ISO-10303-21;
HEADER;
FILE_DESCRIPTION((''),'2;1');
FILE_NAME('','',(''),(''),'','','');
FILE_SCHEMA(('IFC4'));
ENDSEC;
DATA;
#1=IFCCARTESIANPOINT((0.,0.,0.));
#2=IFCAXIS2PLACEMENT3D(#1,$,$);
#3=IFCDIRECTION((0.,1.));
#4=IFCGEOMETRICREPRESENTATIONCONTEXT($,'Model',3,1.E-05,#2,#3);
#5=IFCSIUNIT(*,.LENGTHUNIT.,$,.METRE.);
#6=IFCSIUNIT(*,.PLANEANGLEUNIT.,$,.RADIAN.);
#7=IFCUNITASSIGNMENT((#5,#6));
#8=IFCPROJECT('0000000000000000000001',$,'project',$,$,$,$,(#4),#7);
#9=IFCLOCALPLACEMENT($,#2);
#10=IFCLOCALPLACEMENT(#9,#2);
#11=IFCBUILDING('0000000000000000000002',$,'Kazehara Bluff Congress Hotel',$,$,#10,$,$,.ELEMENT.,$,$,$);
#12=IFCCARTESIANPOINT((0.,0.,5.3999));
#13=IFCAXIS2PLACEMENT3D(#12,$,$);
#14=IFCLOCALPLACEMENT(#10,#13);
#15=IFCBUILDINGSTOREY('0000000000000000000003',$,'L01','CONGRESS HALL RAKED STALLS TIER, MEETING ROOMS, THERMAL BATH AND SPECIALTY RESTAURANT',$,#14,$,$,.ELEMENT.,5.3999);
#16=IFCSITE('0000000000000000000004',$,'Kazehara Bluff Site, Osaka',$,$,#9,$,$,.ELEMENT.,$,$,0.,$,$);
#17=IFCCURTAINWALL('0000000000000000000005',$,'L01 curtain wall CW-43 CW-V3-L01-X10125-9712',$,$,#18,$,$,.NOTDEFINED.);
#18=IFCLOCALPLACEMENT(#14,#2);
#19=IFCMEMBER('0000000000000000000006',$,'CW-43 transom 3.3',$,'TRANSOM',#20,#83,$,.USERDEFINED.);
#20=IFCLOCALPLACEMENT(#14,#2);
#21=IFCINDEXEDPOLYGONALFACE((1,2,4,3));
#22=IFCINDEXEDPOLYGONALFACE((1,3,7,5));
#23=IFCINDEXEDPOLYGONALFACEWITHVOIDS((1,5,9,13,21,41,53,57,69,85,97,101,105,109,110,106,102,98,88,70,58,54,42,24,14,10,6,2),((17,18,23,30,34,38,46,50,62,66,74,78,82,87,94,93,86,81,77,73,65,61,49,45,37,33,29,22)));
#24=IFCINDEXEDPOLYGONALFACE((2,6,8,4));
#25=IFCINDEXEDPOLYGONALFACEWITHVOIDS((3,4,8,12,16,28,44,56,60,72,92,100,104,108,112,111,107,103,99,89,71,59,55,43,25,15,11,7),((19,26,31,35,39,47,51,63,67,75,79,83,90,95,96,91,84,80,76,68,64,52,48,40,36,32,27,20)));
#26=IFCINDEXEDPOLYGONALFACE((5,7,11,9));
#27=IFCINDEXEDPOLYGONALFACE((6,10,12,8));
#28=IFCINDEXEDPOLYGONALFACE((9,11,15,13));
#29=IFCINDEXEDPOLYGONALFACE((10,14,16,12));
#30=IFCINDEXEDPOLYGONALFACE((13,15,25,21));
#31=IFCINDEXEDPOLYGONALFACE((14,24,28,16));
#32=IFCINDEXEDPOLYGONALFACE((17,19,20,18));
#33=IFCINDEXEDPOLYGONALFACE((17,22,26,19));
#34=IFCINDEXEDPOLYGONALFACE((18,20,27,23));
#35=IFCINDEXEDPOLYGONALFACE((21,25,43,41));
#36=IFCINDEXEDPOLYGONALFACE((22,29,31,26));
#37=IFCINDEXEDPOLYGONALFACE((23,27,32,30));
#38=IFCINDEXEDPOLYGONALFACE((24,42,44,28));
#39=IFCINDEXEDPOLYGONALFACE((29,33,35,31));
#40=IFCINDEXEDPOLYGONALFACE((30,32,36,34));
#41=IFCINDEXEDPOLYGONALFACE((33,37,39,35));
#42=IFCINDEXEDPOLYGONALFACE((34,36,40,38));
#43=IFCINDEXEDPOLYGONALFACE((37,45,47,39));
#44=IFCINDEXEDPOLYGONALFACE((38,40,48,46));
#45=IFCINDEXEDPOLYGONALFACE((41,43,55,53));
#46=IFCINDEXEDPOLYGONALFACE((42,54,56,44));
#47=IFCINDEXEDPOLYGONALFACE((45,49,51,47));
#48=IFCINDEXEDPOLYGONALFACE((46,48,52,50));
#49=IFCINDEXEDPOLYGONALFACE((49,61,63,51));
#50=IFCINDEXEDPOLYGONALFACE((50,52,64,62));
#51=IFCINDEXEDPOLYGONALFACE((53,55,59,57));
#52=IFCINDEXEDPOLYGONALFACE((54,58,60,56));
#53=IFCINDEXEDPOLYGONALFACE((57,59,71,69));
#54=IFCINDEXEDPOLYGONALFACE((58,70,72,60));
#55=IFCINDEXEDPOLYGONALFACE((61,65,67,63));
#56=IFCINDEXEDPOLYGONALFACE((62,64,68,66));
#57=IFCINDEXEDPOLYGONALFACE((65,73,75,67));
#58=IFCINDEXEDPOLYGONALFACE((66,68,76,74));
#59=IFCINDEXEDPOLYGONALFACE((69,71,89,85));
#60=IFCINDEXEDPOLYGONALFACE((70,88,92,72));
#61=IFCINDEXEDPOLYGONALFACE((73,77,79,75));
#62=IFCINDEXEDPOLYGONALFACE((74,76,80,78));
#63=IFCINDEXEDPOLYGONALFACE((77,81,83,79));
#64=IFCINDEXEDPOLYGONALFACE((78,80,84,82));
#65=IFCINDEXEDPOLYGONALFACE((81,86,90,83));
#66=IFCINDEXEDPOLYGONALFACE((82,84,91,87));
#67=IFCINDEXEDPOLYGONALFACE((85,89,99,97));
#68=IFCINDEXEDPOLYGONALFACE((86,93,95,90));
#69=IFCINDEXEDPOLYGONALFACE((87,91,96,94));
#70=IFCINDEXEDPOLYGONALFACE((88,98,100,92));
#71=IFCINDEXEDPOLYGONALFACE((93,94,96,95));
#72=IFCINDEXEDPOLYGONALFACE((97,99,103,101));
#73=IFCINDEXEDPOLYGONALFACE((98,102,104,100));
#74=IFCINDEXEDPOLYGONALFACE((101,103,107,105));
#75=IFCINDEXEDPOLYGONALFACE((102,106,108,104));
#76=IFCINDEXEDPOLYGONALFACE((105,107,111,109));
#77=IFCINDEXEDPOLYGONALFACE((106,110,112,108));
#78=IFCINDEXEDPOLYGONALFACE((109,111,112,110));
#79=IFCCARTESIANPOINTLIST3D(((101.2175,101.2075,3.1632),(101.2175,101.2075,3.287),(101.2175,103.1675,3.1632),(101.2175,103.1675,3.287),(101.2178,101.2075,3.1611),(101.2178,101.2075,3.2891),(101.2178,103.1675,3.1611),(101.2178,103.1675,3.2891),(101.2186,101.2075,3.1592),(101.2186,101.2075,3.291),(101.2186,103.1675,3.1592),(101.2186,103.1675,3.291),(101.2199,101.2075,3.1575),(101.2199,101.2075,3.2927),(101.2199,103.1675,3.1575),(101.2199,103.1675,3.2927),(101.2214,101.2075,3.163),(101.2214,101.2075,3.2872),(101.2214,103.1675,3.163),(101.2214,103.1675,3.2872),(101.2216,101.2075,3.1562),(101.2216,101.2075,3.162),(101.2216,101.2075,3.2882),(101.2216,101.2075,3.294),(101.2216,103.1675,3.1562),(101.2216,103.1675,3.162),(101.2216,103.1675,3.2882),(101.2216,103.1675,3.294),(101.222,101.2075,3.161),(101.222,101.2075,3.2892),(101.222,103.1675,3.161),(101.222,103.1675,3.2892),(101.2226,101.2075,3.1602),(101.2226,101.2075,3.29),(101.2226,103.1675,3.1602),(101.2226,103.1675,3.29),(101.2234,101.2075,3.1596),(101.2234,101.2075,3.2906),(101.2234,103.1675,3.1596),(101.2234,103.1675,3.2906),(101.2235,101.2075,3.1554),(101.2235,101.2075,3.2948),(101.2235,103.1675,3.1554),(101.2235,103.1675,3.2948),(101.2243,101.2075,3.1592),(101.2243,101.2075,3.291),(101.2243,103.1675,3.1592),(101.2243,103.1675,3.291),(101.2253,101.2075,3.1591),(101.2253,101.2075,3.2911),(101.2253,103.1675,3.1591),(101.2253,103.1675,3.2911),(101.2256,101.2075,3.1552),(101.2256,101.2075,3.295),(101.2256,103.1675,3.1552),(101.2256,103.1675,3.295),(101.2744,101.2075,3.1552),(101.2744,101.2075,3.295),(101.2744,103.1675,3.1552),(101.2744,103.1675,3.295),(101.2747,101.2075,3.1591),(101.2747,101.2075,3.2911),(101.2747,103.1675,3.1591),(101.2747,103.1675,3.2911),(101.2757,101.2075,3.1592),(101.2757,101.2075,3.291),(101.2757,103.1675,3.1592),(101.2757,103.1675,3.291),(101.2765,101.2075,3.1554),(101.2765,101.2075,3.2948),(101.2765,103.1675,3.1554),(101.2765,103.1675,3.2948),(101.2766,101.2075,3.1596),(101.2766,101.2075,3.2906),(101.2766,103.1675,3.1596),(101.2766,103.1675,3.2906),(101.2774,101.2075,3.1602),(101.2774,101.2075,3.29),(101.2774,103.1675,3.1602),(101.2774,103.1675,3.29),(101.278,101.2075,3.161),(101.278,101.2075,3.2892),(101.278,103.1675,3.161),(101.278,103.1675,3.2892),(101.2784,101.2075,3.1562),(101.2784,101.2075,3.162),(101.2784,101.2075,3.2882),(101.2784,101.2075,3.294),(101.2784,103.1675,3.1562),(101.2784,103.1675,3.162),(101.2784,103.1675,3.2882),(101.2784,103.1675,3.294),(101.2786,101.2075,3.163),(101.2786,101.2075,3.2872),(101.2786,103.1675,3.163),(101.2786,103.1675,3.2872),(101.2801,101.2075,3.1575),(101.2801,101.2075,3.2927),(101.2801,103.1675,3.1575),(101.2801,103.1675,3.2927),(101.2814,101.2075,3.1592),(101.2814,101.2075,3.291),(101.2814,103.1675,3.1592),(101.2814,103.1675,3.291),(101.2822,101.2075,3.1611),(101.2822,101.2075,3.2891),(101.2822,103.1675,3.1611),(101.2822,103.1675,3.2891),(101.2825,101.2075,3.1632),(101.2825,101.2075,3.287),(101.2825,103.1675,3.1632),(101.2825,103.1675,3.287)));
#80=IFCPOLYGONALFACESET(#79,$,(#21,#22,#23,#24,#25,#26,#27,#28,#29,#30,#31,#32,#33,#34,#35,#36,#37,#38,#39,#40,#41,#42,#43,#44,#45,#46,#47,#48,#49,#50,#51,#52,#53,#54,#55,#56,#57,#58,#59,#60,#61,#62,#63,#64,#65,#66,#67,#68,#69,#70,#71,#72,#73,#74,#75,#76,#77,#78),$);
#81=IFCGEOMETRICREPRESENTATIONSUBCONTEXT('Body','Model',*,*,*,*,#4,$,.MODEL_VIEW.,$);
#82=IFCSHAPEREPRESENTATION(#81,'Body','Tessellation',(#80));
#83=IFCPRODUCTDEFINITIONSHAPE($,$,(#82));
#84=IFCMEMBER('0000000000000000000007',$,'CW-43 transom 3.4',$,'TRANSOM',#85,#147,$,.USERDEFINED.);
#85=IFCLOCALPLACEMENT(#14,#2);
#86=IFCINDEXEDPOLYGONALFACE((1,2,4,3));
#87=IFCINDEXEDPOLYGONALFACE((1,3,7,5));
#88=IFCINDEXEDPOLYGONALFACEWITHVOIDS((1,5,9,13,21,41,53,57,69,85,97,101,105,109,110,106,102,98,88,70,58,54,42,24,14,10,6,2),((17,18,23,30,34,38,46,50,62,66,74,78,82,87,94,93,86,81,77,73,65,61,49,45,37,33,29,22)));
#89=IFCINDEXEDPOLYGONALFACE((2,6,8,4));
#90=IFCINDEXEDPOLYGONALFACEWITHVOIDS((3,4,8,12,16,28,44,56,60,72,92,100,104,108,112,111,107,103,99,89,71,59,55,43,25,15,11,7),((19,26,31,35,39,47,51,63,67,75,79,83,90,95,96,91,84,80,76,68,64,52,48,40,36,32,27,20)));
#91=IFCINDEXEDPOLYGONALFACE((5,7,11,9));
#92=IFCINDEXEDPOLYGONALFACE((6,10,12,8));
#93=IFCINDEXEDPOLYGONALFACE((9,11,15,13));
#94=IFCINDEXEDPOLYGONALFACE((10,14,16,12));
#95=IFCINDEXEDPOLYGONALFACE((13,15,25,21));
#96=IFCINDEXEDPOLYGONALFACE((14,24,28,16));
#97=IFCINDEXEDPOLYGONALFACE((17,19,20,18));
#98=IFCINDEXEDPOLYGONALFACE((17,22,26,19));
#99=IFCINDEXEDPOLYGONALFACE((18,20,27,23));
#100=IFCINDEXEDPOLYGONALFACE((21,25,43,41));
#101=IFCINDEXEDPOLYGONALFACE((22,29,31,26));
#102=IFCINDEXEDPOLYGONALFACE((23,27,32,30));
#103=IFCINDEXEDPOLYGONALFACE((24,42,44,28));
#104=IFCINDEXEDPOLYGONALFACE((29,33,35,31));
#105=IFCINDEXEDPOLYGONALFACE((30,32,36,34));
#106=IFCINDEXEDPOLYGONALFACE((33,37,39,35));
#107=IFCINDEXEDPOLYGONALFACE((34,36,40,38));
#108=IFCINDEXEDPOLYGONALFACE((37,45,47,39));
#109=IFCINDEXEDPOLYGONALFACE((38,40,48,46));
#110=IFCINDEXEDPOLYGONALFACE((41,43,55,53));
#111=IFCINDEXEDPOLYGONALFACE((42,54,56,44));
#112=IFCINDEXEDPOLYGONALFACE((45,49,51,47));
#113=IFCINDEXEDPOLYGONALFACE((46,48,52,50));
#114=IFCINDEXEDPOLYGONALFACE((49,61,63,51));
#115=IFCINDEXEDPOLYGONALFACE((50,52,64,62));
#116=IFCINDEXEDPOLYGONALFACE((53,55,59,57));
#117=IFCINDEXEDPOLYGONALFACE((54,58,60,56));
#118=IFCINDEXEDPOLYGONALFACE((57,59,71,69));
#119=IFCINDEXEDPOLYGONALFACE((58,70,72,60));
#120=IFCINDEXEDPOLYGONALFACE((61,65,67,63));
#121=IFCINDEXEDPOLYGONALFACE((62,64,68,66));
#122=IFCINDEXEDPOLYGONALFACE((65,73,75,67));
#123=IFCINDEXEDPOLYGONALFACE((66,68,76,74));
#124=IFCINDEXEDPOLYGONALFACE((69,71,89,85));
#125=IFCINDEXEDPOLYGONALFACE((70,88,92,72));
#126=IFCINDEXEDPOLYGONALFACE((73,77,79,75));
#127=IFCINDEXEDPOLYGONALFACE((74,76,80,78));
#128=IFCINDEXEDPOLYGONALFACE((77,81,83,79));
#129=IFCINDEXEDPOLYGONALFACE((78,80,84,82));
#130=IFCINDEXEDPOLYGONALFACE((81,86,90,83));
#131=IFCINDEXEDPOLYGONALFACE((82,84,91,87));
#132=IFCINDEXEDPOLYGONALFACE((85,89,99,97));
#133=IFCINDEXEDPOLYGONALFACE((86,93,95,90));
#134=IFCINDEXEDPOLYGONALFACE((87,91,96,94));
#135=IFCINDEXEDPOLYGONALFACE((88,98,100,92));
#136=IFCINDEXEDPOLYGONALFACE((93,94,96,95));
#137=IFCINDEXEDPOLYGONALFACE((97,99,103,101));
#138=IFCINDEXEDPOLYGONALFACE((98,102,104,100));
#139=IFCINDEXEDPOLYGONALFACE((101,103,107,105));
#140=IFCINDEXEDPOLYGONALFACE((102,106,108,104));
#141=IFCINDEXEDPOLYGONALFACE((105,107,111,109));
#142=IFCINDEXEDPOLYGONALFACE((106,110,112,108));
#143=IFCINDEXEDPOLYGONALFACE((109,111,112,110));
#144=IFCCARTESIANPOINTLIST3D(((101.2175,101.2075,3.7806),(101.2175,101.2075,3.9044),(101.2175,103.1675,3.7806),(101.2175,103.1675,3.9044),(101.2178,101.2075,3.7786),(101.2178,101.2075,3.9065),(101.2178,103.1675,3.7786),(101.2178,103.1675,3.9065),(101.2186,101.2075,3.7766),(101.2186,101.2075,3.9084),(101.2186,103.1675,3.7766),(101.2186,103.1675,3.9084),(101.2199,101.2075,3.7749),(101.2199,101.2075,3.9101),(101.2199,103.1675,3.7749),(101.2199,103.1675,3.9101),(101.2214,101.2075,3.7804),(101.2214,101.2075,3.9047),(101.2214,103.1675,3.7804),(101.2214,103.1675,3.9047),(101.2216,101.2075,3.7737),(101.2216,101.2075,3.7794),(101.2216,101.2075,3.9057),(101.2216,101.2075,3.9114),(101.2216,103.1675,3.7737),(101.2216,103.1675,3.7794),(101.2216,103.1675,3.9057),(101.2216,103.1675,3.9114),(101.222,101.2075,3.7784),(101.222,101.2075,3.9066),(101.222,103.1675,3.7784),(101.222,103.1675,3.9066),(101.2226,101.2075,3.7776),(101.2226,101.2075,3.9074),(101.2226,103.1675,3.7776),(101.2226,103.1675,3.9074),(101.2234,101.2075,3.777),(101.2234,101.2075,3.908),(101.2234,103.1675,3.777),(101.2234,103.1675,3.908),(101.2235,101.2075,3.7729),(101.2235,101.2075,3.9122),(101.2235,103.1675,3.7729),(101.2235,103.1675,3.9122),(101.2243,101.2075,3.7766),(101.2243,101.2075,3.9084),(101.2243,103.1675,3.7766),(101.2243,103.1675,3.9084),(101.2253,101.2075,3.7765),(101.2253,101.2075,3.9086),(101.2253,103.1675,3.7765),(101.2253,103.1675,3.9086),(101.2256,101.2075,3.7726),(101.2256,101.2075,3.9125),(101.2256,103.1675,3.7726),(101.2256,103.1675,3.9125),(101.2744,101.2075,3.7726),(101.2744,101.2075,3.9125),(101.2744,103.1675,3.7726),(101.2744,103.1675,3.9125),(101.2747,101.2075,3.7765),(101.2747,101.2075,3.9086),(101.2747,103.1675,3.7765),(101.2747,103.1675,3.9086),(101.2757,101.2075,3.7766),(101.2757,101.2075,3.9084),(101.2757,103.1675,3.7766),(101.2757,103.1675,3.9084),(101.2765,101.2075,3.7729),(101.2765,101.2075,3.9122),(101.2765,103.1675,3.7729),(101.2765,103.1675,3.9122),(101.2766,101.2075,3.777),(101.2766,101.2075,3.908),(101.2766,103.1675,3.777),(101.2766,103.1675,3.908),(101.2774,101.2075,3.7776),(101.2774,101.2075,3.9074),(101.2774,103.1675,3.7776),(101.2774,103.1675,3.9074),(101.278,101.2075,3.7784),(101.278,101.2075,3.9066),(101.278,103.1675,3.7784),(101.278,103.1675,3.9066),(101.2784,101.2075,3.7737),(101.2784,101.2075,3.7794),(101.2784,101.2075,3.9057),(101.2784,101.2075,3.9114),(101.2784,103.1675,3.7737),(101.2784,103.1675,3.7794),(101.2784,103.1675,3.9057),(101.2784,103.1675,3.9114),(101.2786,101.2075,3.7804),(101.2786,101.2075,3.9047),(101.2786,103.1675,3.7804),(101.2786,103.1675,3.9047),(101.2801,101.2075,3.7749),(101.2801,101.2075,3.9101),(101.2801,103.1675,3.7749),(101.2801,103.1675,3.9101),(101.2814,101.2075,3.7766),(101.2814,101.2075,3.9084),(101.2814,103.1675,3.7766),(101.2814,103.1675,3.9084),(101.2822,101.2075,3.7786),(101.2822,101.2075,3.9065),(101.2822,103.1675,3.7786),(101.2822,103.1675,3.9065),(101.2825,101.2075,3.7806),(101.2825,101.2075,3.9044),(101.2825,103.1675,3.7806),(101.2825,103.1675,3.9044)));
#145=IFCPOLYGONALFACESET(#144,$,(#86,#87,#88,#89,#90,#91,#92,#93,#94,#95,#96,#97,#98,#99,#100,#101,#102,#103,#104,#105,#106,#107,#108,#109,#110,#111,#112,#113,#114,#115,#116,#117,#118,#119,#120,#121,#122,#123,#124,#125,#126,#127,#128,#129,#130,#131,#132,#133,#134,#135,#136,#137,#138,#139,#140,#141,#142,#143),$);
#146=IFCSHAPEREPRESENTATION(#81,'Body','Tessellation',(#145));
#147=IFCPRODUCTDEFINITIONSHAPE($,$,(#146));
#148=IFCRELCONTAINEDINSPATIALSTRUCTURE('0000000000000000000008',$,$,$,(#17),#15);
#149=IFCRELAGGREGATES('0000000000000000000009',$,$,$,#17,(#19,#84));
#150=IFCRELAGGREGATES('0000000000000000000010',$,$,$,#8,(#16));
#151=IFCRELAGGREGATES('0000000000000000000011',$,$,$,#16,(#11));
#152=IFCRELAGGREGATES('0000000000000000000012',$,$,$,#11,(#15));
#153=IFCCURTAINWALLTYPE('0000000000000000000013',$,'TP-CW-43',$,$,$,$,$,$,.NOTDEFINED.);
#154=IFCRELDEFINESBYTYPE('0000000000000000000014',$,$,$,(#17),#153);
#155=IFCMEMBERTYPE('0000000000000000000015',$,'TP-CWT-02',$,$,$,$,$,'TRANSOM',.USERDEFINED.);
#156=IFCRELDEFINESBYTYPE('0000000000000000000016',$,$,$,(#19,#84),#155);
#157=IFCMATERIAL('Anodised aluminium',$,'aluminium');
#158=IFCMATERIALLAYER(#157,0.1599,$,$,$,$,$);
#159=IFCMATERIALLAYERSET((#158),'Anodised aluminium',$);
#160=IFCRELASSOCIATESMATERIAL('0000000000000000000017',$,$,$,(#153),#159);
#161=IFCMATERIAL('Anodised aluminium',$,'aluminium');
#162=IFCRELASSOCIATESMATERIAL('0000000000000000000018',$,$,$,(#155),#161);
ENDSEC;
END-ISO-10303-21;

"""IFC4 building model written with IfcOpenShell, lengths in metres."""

from ifc_helpers import new_model, si_unit, direction, frame, origin, origin_2d, place, context, subcontext, project, spatial, hollow_rectangle, extrude, material, layer, layer_set, material_profile, profile_set, type_object, element, aggregate, save


model = new_model("IFC4")

# Units and contexts
model_context = context("Model", 3, precision=1e-05, world=origin(), true_north=direction((0.0, 1.0)))
body_context = subcontext(model_context, "Body", "Model", "MODEL_VIEW")
ifc_project = project(units=[si_unit("LENGTHUNIT", "METRE"), si_unit("PLANEANGLEUNIT", "RADIAN")], contexts=[model_context])

# Site, building, storey
site_placement = place(None, origin())
site = spatial("IfcSite", under=ifc_project, at=site_placement, Name="Kazehara Bluff Site, Osaka", CompositionType="ELEMENT", RefElevation=0.0)
building_placement = place(site_placement, origin())
building = spatial("IfcBuilding", under=site, at=building_placement, Name="Kazehara Bluff Congress Hotel", CompositionType="ELEMENT")
storey_placement = place(building_placement, frame((0.0, 0.0, 5.3999)))
storey = spatial("IfcBuildingStorey", under=building, at=storey_placement, Name="L01", Description="CONGRESS HALL RAKED STALLS TIER, MEETING ROOMS, THERMAL BATH AND SPECIALTY RESTAURANT", CompositionType="ELEMENT", Elevation=5.3999)

# Curtain wall
ifc_material_1 = material(Name="Anodised aluminium", Category="aluminium")
ifc_layer_1 = layer(ifc_material_1, 0.1599)
ifc_layer_set_1 = layer_set([ifc_layer_1], Name="Anodised aluminium")
curtain_wall_type_1 = type_object("IfcCurtainWallType", Name="TP-CW-43", PredefinedType="NOTDEFINED", material=ifc_layer_set_1)
curtain_wall_1_placement = place(storey_placement, origin())
curtain_wall_1 = element("IfcCurtainWall", 1, at=curtain_wall_1_placement, inside=storey, type_object=curtain_wall_type_1, Name="L01 curtain wall CW-43 CW-V3-L01-X10125-9712", PredefinedType="NOTDEFINED")

# Members
ifc_material_2 = material(Name="Anodised aluminium", Category="aluminium")
ifc_material_profile_1 = material_profile(ifc_material_2, hollow_rectangle(XDim=0.0649, YDim=0.1399, WallThickness=0.0039, InnerFilletRadius=0.0039, OuterFilletRadius=0.0081, at=origin_2d()))
ifc_profile_set_1 = profile_set([ifc_material_profile_1], Name="Anodised aluminium")
member_type_1 = type_object("IfcMemberType", Name="TP-CWT-02", ElementType="TRANSOM", PredefinedType="USERDEFINED", material=ifc_profile_set_1)
member_1_placement = place(storey_placement, frame((101.25, 101.2075, 3.2251), z_axis=(0.0, 1.0, 0.0), x_axis=(-1.0, 0.0, 0.0)))
member_1 = element("IfcMember", 2, at=member_1_placement, type_object=member_type_1, Name="CW-43 transom 3.3", ObjectType="TRANSOM", PredefinedType="USERDEFINED", context=body_context, shape_type="SweptSolid", body=[
    extrude(hollow_rectangle(XDim=0.0649, YDim=0.1399, WallThickness=0.0039, InnerFilletRadius=0.0039, OuterFilletRadius=0.0081, at=origin_2d()), origin(), (0.0, 0.0, 1.0), 1.96),
])
member_2_placement = place(storey_placement, frame((101.25, 101.2075, 3.8425), z_axis=(0.0, 1.0, 0.0), x_axis=(-1.0, 0.0, 0.0)))
member_2 = element("IfcMember", 3, at=member_2_placement, type_object=member_type_1, Name="CW-43 transom 3.4", ObjectType="TRANSOM", PredefinedType="USERDEFINED", context=body_context, shape_type="SweptSolid", body=[
    extrude(hollow_rectangle(XDim=0.0649, YDim=0.1399, WallThickness=0.0039, InnerFilletRadius=0.0039, OuterFilletRadius=0.0081, at=origin_2d()), origin(), (0.0, 0.0, 1.0), 1.96),
])

aggregate(curtain_wall_1, [member_1, member_2])

save(model, "model.ifc")
